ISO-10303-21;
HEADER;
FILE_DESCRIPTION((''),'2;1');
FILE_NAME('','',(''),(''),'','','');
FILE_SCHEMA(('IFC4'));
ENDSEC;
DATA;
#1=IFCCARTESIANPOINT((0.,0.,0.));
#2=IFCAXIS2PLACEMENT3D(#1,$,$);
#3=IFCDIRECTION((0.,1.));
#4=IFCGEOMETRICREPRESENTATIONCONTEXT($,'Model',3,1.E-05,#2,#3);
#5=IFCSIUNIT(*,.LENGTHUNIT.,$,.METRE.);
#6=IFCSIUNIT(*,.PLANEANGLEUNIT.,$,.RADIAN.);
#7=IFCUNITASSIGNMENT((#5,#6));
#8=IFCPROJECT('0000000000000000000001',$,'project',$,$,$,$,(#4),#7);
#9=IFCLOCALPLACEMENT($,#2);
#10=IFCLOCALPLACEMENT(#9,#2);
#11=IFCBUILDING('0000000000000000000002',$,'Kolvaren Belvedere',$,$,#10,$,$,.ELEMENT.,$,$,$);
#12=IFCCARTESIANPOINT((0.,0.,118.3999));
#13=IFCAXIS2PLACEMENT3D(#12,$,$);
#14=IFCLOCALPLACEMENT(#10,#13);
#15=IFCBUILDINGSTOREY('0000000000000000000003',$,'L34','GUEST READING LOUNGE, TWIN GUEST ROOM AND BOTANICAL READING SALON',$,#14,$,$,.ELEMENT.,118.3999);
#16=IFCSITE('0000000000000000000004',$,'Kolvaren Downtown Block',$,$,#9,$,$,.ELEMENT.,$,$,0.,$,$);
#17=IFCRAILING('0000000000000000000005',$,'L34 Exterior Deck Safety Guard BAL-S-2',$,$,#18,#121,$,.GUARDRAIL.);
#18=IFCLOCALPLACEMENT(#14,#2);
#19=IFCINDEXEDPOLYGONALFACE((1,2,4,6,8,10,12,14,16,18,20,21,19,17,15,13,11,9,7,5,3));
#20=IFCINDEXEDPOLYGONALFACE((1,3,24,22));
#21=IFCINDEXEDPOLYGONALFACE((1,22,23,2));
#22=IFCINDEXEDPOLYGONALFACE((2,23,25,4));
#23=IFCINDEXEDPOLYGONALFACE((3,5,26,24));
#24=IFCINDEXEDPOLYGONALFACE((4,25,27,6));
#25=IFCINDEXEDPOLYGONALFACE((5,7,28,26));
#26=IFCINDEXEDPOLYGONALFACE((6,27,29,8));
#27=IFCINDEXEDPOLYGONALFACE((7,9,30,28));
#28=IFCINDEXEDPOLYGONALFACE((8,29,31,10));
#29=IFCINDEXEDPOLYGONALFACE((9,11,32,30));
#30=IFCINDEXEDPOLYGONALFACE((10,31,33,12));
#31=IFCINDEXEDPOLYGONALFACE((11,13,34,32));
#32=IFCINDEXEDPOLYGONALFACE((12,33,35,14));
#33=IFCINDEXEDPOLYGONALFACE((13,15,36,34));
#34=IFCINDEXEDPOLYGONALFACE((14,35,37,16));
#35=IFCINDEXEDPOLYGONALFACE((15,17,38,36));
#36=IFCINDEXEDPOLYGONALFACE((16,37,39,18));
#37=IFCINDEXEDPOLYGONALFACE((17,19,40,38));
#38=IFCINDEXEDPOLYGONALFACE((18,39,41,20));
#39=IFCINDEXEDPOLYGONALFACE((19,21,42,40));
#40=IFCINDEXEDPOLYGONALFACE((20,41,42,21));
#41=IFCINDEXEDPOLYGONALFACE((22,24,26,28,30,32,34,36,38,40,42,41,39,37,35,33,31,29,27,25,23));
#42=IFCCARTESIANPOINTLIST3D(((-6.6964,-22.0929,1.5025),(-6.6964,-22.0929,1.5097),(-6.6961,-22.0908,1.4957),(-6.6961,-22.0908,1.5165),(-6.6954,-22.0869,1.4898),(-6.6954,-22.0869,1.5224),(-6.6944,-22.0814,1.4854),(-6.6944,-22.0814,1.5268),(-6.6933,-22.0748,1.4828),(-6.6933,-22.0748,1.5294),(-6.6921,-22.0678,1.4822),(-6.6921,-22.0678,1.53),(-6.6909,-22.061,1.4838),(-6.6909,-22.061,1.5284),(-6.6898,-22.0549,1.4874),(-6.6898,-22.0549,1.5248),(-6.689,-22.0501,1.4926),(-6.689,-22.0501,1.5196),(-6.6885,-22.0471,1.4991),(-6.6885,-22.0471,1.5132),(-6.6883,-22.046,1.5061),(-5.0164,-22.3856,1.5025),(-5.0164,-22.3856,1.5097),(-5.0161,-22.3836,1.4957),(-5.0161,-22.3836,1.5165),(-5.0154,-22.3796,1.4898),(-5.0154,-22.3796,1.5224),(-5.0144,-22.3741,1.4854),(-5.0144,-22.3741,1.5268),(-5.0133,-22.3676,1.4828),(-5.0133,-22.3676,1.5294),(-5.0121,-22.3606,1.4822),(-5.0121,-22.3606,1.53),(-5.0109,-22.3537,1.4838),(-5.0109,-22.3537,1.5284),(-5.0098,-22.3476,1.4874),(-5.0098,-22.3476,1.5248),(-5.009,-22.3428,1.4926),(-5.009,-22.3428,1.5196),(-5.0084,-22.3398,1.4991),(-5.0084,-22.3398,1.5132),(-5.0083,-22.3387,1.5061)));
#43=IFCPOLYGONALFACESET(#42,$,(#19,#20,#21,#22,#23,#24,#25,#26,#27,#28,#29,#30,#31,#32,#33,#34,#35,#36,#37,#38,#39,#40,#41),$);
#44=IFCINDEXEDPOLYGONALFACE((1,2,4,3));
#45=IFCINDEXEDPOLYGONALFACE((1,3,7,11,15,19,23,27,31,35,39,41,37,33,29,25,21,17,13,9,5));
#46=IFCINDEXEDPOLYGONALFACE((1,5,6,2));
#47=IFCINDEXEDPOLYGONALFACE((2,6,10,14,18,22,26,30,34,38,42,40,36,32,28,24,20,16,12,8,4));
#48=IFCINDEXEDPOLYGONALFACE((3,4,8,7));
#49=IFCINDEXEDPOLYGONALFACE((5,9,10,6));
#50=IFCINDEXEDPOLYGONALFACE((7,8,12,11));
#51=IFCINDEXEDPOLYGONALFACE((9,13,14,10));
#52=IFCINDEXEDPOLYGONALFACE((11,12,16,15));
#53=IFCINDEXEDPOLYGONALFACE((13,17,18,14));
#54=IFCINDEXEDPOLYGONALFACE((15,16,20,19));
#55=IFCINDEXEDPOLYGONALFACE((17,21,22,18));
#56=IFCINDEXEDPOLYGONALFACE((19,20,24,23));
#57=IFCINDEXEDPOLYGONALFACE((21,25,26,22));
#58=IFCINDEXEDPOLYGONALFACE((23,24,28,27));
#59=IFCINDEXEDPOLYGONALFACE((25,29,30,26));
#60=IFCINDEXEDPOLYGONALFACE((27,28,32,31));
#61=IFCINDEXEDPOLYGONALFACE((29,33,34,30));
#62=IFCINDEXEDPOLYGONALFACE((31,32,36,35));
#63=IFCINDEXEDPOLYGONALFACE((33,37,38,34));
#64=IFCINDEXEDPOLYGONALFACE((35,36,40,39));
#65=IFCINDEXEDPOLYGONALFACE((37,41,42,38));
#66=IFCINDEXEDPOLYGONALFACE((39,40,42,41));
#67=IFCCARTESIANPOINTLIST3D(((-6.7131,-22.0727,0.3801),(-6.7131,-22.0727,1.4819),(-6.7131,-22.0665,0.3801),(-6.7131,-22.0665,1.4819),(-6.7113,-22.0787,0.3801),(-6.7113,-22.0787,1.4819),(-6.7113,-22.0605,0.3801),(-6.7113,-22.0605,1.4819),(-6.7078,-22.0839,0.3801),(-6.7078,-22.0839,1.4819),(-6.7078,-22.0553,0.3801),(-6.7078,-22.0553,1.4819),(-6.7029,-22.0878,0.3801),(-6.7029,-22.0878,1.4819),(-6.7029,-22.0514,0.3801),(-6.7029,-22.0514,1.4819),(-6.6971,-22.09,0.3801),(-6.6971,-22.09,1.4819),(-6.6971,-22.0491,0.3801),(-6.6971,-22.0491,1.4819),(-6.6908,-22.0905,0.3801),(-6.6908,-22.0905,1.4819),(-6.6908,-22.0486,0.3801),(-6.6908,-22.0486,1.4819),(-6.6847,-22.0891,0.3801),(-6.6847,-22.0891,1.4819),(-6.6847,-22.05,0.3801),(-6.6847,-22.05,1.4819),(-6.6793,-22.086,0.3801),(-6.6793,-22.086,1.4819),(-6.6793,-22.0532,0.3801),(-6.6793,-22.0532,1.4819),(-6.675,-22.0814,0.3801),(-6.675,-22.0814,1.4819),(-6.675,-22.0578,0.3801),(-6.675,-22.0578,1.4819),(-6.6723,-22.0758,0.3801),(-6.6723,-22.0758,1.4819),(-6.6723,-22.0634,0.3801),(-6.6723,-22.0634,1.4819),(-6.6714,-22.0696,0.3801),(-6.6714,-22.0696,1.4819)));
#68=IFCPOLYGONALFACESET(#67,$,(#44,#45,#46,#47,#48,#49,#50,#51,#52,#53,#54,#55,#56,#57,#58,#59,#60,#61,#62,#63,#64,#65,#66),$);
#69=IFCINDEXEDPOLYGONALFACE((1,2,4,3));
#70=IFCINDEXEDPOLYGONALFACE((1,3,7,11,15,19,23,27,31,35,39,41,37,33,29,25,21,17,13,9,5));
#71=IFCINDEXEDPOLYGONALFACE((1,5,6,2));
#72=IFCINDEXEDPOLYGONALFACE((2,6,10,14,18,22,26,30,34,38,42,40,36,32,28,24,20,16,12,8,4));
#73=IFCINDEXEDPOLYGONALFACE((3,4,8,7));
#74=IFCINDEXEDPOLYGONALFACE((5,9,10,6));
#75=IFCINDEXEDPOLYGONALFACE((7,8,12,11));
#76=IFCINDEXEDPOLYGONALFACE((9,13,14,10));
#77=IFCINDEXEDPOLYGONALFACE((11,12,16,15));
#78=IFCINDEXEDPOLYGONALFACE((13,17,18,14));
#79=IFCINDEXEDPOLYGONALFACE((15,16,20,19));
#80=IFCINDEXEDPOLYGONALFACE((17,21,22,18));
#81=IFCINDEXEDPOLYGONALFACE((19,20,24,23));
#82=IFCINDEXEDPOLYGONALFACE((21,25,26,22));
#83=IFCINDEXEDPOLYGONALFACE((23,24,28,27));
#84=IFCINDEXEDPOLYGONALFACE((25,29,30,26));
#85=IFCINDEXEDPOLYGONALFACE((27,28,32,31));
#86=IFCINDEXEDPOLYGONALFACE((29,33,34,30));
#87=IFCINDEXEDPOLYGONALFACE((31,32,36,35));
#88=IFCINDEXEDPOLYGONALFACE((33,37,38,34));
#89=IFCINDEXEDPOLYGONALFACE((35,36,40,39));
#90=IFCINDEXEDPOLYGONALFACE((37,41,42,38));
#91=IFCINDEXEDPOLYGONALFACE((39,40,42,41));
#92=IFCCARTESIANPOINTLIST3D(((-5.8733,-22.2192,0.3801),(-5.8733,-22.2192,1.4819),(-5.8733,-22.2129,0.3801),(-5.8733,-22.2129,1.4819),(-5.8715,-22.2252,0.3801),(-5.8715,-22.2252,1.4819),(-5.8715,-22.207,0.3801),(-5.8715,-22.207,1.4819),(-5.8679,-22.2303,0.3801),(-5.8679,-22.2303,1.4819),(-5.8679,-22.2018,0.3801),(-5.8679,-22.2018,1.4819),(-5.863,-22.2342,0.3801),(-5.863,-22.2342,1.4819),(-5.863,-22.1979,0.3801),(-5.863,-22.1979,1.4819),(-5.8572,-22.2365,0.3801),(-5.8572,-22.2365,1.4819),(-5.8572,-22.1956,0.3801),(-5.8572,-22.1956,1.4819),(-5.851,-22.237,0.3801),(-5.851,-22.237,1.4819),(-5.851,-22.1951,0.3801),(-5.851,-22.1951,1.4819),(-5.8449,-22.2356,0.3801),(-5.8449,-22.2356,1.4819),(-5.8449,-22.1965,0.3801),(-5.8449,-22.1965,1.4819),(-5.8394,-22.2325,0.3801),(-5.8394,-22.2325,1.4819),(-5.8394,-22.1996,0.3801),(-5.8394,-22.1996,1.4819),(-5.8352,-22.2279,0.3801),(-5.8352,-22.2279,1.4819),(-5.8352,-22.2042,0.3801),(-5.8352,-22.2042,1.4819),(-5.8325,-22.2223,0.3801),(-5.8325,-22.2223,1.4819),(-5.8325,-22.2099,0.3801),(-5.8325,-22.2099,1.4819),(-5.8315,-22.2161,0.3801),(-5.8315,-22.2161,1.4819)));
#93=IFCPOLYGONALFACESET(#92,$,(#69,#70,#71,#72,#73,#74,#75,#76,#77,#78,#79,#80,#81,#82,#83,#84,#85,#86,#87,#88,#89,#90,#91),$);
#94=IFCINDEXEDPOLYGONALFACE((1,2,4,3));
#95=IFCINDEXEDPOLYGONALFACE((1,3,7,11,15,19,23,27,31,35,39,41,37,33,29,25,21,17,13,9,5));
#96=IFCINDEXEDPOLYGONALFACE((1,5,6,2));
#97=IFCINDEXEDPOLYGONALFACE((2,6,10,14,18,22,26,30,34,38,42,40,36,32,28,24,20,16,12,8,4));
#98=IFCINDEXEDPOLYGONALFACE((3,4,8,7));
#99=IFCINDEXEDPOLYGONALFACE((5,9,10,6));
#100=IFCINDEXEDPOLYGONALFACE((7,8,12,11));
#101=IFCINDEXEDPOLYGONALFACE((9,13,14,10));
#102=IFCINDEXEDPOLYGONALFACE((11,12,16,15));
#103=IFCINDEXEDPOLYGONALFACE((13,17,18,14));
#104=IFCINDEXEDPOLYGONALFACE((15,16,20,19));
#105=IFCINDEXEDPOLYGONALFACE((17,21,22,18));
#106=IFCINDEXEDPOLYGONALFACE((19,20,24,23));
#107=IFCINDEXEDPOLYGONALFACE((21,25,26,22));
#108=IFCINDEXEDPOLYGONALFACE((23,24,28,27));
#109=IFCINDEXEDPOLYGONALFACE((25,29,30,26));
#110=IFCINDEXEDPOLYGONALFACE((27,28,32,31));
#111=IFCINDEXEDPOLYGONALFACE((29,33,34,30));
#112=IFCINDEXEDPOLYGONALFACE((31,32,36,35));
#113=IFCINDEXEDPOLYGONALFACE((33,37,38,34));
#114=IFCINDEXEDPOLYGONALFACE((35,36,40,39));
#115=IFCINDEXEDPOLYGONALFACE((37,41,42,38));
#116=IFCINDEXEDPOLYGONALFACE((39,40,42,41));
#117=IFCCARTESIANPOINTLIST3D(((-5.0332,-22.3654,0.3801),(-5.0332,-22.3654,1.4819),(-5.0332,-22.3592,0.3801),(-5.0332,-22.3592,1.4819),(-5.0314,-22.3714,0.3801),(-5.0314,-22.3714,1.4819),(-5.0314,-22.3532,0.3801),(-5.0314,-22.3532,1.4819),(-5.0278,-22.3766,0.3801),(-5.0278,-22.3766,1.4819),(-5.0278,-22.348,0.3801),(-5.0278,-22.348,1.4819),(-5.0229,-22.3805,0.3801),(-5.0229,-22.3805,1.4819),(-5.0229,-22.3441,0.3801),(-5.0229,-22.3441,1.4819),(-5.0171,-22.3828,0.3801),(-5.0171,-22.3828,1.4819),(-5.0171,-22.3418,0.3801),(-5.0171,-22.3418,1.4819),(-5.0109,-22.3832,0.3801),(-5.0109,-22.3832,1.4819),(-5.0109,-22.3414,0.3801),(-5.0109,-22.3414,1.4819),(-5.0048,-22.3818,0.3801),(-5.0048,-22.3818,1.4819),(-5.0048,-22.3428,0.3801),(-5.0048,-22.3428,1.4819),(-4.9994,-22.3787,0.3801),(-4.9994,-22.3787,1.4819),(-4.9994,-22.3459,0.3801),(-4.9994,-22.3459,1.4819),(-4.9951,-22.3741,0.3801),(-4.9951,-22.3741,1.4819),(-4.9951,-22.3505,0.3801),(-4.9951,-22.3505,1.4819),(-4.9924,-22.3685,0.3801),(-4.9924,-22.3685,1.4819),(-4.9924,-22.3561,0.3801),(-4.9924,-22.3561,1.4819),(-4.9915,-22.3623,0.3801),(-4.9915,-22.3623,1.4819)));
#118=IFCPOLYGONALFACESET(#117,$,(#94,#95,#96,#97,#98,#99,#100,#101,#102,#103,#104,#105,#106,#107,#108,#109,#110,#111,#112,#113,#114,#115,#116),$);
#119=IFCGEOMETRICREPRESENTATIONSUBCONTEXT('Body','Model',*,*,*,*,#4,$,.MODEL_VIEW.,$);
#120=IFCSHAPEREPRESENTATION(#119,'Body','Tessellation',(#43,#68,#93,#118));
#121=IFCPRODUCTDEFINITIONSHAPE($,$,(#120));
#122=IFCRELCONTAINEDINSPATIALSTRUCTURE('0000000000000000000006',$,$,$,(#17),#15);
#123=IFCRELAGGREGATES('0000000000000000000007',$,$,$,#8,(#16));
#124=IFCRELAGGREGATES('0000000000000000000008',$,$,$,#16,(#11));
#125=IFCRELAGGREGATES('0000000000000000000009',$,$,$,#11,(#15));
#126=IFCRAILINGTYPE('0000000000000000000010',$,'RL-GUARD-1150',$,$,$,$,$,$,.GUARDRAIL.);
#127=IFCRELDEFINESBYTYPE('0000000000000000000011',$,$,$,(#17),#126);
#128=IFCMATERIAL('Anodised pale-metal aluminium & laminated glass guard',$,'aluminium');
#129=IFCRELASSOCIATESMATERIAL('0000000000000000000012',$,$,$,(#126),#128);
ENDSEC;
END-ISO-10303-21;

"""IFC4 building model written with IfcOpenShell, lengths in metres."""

from ifc_helpers import new_model, si_unit, direction, frame, origin, origin_2d, place, context, subcontext, project, spatial, circle, extrude, material, type_object, element, save


model = new_model("IFC4")

# Units and contexts
model_context = context("Model", 3, precision=1e-05, world=origin(), true_north=direction((0.0, 1.0)))
body_context = subcontext(model_context, "Body", "Model", "MODEL_VIEW")
ifc_project = project(units=[si_unit("LENGTHUNIT", "METRE"), si_unit("PLANEANGLEUNIT", "RADIAN")], contexts=[model_context])

# Site, building, storey
site_placement = place(None, origin())
site = spatial("IfcSite", under=ifc_project, at=site_placement, Name="Kolvaren Downtown Block", CompositionType="ELEMENT", RefElevation=0.0)
building_placement = place(site_placement, origin())
building = spatial("IfcBuilding", under=site, at=building_placement, Name="Kolvaren Belvedere", CompositionType="ELEMENT")
storey_placement = place(building_placement, frame((0.0, 0.0, 118.3999)))
storey = spatial("IfcBuildingStorey", under=building, at=storey_placement, Name="L34", Description="GUEST READING LOUNGE, TWIN GUEST ROOM AND BOTANICAL READING SALON", CompositionType="ELEMENT", Elevation=118.3999)

# Railing
ifc_material_1 = material(Name="Anodised pale-metal aluminium & laminated glass guard", Category="aluminium")
railing_type = type_object("IfcRailingType", Name="RL-GUARD-1150", PredefinedType="GUARDRAIL", material=ifc_material_1)
railing_1_placement = place(storey_placement, frame((-6.6924, -22.0696, 0.3801)))
element("IfcRailing", 1, at=railing_1_placement, inside=storey, type_object=railing_type, Name="L34 Exterior Deck Safety Guard BAL-S-2", PredefinedType="GUARDRAIL", context=body_context, shape_type="SweptSolid", body=[
    extrude(circle(Radius=0.0239, at=origin_2d()), frame((0.0, 0.0, 1.126), z_axis=(0.985156, -0.171661, 0.0), x_axis=(0.171661, 0.985156, 0.0)), (0.0, 0.0, 1.0), 1.7053),
    extrude(circle(Radius=0.021, at=origin_2d()), origin(), (0.0, 0.0, 1.0), 1.1018),
    extrude(circle(Radius=0.021, at=origin_2d()), frame((0.8398, -0.1465, 0.0)), (0.0, 0.0, 1.0), 1.1018),
    extrude(circle(Radius=0.021, at=origin_2d()), frame((1.6799, -0.2927, 0.0)), (0.0, 0.0, 1.0), 1.1018),
])

save(model, "model.ifc")
